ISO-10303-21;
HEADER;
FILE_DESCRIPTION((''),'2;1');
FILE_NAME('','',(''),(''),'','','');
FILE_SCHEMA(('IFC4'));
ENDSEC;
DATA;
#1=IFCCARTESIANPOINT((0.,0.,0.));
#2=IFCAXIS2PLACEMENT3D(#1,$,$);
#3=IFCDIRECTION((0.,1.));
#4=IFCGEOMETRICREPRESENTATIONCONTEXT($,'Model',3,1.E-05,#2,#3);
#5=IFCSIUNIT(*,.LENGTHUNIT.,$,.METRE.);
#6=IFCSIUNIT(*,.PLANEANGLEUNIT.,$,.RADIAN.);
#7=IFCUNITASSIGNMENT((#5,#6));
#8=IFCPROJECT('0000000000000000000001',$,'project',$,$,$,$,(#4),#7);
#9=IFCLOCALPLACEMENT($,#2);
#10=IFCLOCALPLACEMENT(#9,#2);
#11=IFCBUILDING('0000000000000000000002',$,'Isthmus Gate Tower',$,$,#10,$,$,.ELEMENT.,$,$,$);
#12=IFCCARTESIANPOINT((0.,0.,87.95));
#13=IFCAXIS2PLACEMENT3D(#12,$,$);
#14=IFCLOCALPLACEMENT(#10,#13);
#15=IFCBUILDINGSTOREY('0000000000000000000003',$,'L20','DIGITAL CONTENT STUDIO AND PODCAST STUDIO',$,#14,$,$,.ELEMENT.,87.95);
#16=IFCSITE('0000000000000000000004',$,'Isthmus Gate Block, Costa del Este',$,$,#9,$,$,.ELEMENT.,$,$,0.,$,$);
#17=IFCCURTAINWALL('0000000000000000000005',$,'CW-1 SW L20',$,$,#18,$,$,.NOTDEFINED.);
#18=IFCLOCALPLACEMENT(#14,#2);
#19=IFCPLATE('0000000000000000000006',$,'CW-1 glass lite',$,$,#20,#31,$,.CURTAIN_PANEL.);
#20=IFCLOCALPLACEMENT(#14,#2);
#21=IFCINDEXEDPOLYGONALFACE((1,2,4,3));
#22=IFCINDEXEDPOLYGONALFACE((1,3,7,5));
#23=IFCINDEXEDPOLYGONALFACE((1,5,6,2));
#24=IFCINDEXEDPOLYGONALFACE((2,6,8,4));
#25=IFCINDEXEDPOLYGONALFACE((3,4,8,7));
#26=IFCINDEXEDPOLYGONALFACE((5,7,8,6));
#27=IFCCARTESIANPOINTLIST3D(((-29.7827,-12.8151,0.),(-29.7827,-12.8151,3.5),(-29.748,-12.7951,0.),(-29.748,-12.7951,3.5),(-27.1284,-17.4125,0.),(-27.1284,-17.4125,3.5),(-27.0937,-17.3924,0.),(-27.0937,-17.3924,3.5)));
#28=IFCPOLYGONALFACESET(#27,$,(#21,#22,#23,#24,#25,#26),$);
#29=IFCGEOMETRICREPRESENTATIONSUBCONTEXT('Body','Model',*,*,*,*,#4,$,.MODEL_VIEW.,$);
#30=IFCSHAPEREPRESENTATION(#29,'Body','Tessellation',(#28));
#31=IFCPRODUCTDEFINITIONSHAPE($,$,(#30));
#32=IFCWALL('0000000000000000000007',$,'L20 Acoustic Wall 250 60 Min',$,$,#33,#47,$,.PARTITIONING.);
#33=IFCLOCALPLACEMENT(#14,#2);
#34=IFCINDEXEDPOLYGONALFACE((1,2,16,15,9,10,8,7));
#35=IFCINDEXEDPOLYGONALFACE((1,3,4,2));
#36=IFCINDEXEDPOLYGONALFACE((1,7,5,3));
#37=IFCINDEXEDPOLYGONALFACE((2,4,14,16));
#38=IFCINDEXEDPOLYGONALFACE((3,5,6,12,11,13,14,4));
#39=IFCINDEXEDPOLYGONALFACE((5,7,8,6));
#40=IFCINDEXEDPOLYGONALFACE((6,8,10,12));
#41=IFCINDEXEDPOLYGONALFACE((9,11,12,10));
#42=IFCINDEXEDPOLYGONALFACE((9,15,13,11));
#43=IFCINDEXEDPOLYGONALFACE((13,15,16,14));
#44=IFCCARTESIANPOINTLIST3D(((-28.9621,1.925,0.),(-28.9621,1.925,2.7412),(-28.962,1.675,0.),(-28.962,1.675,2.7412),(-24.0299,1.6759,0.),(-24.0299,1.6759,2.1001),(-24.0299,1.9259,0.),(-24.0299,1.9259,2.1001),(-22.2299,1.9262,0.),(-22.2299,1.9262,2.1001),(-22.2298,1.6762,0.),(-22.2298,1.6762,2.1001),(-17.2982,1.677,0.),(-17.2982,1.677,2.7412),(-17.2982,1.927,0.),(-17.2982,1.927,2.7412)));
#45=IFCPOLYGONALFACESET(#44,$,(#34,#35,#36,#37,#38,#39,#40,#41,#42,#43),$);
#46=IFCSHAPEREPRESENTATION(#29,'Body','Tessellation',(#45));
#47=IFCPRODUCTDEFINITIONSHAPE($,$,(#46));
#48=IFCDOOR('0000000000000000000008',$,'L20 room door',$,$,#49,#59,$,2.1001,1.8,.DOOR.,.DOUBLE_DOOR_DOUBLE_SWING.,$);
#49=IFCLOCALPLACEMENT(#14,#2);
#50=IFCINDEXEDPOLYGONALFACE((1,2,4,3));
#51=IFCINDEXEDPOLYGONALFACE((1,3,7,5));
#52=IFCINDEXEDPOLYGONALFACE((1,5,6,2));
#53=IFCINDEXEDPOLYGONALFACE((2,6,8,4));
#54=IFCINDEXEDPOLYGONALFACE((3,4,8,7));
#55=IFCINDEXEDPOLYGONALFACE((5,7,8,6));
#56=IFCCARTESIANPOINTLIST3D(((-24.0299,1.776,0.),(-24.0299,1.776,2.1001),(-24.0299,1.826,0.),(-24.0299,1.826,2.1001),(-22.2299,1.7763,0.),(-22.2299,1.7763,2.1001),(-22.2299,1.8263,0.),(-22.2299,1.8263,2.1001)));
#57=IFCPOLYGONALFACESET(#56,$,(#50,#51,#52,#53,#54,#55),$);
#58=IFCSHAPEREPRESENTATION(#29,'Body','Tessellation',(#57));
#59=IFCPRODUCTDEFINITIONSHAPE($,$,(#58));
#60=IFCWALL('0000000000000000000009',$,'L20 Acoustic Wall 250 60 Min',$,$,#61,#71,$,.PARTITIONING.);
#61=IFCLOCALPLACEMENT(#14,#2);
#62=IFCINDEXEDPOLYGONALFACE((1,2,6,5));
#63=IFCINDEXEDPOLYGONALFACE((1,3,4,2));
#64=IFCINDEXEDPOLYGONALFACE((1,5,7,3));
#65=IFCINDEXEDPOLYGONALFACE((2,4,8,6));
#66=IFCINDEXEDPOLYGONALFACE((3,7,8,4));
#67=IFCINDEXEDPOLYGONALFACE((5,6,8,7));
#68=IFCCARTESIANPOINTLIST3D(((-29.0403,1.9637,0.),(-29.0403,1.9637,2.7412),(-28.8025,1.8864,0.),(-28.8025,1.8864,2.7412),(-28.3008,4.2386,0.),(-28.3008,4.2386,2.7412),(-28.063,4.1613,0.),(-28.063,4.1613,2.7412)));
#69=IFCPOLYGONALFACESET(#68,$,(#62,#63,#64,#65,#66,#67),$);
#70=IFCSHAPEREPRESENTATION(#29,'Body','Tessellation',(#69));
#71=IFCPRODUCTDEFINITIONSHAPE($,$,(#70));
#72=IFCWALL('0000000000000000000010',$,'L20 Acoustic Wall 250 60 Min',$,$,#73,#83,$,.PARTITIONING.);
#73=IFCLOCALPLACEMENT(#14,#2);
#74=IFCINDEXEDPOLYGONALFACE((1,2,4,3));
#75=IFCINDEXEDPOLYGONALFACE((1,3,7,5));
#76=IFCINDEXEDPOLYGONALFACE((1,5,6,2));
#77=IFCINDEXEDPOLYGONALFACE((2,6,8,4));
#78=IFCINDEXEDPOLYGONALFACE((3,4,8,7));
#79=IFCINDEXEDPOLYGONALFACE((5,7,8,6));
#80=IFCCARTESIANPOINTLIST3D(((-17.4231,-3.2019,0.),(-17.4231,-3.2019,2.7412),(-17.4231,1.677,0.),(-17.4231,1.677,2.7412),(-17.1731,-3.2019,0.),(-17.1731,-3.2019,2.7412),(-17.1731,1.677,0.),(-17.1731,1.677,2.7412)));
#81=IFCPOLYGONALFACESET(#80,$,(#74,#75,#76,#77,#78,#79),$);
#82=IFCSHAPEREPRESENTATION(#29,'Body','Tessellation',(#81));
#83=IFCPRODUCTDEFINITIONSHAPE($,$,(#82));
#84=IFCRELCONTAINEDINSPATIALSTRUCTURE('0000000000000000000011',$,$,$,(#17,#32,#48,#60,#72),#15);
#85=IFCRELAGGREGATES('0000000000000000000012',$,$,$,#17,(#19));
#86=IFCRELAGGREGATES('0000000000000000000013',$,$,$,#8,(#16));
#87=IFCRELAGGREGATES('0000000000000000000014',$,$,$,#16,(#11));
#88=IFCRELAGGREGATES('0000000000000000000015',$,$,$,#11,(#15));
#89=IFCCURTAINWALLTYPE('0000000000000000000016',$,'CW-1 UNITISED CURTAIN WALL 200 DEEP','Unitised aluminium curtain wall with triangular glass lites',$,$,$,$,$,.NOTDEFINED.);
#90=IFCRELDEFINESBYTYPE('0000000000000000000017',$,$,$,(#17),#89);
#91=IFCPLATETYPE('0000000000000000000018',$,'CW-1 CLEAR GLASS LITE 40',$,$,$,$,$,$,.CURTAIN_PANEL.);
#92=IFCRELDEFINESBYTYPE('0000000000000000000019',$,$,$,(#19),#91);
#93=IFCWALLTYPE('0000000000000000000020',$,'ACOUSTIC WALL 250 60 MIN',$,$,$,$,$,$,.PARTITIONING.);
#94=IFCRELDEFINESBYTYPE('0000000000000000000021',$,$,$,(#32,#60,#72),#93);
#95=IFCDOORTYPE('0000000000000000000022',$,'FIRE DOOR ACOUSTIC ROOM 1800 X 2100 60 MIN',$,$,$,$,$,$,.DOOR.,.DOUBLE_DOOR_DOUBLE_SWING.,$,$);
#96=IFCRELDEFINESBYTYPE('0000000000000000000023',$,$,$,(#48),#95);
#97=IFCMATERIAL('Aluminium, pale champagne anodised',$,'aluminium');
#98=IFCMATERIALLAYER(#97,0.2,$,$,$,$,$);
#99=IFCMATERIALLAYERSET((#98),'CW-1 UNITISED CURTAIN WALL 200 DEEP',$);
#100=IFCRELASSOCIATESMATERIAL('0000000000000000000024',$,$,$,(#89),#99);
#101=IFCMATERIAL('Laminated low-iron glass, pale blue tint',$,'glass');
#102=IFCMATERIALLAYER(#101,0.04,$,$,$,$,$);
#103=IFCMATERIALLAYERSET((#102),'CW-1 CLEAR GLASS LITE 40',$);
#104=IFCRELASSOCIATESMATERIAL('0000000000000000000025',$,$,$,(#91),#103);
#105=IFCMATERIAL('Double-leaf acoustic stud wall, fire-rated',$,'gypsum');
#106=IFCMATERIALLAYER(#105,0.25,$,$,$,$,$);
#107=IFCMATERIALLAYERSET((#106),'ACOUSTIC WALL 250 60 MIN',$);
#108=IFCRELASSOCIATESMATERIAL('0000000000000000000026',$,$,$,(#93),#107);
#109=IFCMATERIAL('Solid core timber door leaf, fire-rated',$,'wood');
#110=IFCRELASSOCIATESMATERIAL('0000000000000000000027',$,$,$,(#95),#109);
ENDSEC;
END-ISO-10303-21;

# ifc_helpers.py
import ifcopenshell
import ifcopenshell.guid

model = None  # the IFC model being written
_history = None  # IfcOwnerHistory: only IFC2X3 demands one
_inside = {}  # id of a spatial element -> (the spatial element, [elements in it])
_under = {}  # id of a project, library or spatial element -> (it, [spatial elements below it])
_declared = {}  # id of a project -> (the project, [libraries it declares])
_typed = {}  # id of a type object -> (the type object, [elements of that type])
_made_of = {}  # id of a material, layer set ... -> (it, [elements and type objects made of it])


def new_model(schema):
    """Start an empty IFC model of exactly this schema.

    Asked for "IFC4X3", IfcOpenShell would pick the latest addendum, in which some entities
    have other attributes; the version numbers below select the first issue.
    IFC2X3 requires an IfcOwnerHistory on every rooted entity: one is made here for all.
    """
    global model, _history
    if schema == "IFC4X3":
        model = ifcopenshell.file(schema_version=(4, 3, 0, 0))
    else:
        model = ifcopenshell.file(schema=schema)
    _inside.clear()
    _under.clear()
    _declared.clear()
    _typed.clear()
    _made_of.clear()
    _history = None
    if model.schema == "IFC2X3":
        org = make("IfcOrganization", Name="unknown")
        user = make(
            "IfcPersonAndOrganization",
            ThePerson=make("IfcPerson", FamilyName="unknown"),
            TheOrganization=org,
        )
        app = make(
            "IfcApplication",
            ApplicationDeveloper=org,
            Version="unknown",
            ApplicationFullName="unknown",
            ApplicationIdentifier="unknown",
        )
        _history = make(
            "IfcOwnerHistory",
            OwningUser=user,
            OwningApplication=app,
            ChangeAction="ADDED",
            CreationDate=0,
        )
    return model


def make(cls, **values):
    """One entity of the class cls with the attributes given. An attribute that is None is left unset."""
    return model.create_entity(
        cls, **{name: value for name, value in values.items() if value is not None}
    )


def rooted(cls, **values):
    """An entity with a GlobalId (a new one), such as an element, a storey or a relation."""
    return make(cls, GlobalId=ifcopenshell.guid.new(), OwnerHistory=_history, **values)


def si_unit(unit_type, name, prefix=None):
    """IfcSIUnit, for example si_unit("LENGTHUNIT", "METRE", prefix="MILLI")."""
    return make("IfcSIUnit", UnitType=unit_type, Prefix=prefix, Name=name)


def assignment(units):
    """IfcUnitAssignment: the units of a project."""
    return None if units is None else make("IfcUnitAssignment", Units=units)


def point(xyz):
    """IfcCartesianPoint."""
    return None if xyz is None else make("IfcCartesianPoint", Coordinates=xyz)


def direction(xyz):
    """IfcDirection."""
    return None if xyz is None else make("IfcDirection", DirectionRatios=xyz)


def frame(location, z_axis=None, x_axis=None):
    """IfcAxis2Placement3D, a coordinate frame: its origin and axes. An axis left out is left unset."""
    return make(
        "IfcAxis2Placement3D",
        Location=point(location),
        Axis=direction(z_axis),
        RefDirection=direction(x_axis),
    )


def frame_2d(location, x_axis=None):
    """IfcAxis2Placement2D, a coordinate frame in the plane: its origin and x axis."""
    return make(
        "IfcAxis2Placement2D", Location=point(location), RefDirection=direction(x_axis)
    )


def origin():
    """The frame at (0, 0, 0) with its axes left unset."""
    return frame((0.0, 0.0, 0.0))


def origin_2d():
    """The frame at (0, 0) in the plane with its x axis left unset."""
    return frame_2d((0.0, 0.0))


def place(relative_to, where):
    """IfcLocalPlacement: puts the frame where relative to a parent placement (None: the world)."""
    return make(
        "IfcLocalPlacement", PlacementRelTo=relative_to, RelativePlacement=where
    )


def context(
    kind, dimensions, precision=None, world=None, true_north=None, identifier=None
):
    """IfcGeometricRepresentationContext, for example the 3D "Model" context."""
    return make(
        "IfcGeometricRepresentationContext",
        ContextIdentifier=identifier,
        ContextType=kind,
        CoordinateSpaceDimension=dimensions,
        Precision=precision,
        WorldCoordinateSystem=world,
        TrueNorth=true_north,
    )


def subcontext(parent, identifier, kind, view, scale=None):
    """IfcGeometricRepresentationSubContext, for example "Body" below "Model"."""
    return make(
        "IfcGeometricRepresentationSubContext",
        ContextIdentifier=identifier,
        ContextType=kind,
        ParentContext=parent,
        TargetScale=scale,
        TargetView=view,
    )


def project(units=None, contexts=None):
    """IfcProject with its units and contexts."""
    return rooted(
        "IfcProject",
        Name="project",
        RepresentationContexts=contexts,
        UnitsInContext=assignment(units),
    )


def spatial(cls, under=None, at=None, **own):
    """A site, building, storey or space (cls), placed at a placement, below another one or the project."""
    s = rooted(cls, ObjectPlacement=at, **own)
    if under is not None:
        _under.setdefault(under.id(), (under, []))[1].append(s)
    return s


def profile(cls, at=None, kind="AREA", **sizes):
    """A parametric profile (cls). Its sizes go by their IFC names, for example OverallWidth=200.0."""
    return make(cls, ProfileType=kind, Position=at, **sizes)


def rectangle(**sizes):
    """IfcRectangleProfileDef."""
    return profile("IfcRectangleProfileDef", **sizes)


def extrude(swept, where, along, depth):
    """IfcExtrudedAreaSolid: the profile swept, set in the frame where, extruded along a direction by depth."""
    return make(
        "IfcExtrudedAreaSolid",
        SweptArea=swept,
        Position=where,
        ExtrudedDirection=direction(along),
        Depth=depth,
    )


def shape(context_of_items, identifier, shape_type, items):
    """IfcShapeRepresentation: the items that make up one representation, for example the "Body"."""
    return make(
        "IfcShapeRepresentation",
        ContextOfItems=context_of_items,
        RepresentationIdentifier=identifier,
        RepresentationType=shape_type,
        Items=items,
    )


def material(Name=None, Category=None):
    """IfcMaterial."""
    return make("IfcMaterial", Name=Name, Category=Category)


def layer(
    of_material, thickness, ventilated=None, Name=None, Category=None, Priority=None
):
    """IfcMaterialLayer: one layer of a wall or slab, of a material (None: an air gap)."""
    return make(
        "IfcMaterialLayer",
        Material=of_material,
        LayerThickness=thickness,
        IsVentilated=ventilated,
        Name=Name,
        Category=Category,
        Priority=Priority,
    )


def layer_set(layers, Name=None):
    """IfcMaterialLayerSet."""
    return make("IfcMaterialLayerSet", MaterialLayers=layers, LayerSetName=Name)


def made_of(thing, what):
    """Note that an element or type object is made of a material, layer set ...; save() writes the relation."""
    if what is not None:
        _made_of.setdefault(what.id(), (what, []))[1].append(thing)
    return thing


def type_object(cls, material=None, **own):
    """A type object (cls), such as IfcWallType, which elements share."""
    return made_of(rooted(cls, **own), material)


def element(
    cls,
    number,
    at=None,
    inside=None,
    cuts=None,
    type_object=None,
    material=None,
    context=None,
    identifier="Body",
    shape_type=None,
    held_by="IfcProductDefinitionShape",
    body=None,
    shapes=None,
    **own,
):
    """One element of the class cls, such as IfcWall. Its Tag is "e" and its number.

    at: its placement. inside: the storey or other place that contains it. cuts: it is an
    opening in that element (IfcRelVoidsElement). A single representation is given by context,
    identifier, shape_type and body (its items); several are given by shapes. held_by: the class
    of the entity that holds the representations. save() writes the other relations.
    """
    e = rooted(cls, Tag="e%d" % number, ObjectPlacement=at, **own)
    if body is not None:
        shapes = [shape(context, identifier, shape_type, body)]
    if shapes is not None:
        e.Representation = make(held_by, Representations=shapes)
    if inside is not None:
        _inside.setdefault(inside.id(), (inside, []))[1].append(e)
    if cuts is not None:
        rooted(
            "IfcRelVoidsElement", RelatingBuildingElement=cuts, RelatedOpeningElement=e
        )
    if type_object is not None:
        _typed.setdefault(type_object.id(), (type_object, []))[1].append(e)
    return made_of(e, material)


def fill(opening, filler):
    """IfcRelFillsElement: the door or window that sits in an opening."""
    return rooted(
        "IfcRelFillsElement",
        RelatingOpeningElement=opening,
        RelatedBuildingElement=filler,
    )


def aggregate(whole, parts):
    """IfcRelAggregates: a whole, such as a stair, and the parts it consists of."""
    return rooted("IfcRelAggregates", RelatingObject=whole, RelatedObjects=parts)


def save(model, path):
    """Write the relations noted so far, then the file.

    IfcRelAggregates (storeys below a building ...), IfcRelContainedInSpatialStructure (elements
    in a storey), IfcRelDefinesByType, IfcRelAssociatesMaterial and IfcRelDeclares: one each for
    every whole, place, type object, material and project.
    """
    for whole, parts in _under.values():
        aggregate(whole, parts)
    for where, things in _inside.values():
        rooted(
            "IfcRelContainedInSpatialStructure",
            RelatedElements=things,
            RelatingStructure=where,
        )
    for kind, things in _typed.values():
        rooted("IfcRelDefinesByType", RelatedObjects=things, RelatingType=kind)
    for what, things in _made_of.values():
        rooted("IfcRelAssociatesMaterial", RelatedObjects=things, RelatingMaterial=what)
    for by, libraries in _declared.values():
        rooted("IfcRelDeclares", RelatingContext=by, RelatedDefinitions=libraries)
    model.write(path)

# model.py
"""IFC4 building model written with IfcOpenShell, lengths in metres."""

from ifc_helpers import new_model, si_unit, direction, frame, frame_2d, origin, origin_2d, place, context, subcontext, project, spatial, rectangle, extrude, material, layer, layer_set, type_object, element, fill, aggregate, save


model = new_model("IFC4")

# Units and contexts
model_context = context("Model", 3, precision=1e-05, world=origin(), true_north=direction((0.0, 1.0)))
body_context = subcontext(model_context, "Body", "Model", "MODEL_VIEW")
ifc_project = project(units=[si_unit("LENGTHUNIT", "METRE"), si_unit("PLANEANGLEUNIT", "RADIAN")], contexts=[model_context])

# Site, building, storey
site_placement = place(None, origin())
site = spatial("IfcSite", under=ifc_project, at=site_placement, Name="Isthmus Gate Block, Costa del Este", CompositionType="ELEMENT", RefElevation=0.0)
building_placement = place(site_placement, origin())
building = spatial("IfcBuilding", under=site, at=building_placement, Name="Isthmus Gate Tower", CompositionType="ELEMENT")
storey_placement = place(building_placement, frame((0.0, 0.0, 87.95)))
storey = spatial("IfcBuildingStorey", under=building, at=storey_placement, Name="L20", Description="DIGITAL CONTENT STUDIO AND PODCAST STUDIO", CompositionType="ELEMENT", Elevation=87.95)

# Curtain wall
ifc_material_1 = material(Name="Aluminium, pale champagne anodised", Category="aluminium")
ifc_layer_1 = layer(ifc_material_1, 0.2)
ifc_layer_set_1 = layer_set([ifc_layer_1], Name="CW-1 UNITISED CURTAIN WALL 200 DEEP")
curtain_wall_type = type_object("IfcCurtainWallType", Name="CW-1 UNITISED CURTAIN WALL 200 DEEP", Description="Unitised aluminium curtain wall with triangular glass lites", PredefinedType="NOTDEFINED", material=ifc_layer_set_1)
curtain_wall_1_placement = place(storey_placement, origin())
curtain_wall_1 = element("IfcCurtainWall", 1, at=curtain_wall_1_placement, inside=storey, type_object=curtain_wall_type, Name="CW-1 SW L20", PredefinedType="NOTDEFINED")

# Shared definitions
ifc_material_2 = material(Name="Laminated low-iron glass, pale blue tint", Category="glass")
ifc_layer_2 = layer(ifc_material_2, 0.04)
ifc_layer_set_2 = layer_set([ifc_layer_2], Name="CW-1 CLEAR GLASS LITE 40")
plate_type = type_object("IfcPlateType", Name="CW-1 CLEAR GLASS LITE 40", PredefinedType="CURTAIN_PANEL", material=ifc_layer_set_2)

# Plate
plate_1_placement = place(storey_placement, frame((-28.4382, -15.1038, 0.0), z_axis=(0.0, 0.0, 1.0), x_axis=(0.5, -0.866025, 0.0)))
plate_1 = element("IfcPlate", 2, at=plate_1_placement, type_object=plate_type, Name="CW-1 glass lite", PredefinedType="CURTAIN_PANEL", context=body_context, shape_type="SweptSolid", body=[
    extrude(rectangle(XDim=5.3086, YDim=0.04, at=origin_2d()), origin(), (0.0, 0.0, 1.0), 3.5),
])
aggregate(curtain_wall_1, [plate_1])

# Wall, opening, door
ifc_material_3 = material(Name="Double-leaf acoustic stud wall, fire-rated", Category="gypsum")
ifc_layer_3 = layer(ifc_material_3, 0.25)
ifc_layer_set_3 = layer_set([ifc_layer_3], Name="ACOUSTIC WALL 250 60 MIN")
wall_type = type_object("IfcWallType", Name="ACOUSTIC WALL 250 60 MIN", PredefinedType="PARTITIONING", material=ifc_layer_set_3)
wall_1_placement = place(storey_placement, frame((-17.2981, 1.802, 0.0), z_axis=(0.0, 0.0, 1.0), x_axis=(-1.0, -0.000167, 0.0)))
wall_1 = element("IfcWall", 3, at=wall_1_placement, inside=storey, type_object=wall_type, Name="L20 Acoustic Wall 250 60 Min", PredefinedType="PARTITIONING", context=body_context, shape_type="SweptSolid", body=[
    extrude(rectangle(XDim=11.6638, YDim=0.25, at=frame_2d((5.832, 0.0))), origin(), (0.0, 0.0, 1.0), 2.7412),
])
opening_placement = place(wall_1_placement, frame((4.9319, 0.0, 0.0)))
opening = element("IfcOpeningElement", 4, at=opening_placement, cuts=wall_1, PredefinedType="OPENING", context=body_context, shape_type="SweptSolid", body=[
    extrude(rectangle(XDim=1.8, YDim=2.1001, at=frame_2d((0.8999, 1.05))), frame((0.0, 0.135, 0.0), z_axis=(0.0, -1.0, 0.0), x_axis=(1.0, 0.0, 0.0)), (0.0, 0.0, 1.0), 0.27),
])
ifc_material_4 = material(Name="Solid core timber door leaf, fire-rated", Category="wood")
door_type = type_object("IfcDoorType", Name="FIRE DOOR ACOUSTIC ROOM 1800 X 2100 60 MIN", OperationType="DOUBLE_DOOR_DOUBLE_SWING", PredefinedType="DOOR", material=ifc_material_4)
door_placement = place(opening_placement, origin())
door = element("IfcDoor", 5, at=door_placement, inside=storey, type_object=door_type, Name="L20 room door", OperationType="DOUBLE_DOOR_DOUBLE_SWING", OverallHeight=2.1001, OverallWidth=1.8, PredefinedType="DOOR", context=body_context, shape_type="SweptSolid", body=[
    extrude(rectangle(XDim=1.8, YDim=2.1001, at=frame_2d((0.8999, 1.05))), frame((0.0, 0.0249, 0.0), z_axis=(0.0, -1.0, 0.0), x_axis=(1.0, 0.0, 0.0)), (0.0, 0.0, 1.0), 0.05),
])
fill(opening, door)

# Walls
wall_2_placement = place(storey_placement, frame((-28.9214, 1.925, 0.0), z_axis=(0.0, 0.0, 1.0), x_axis=(0.309146, 0.951015, 0.0)))
element("IfcWall", 6, at=wall_2_placement, inside=storey, type_object=wall_type, Name="L20 Acoustic Wall 250 60 Min", PredefinedType="PARTITIONING", context=body_context, shape_type="SweptSolid", body=[
    extrude(rectangle(XDim=2.3921, YDim=0.25, at=frame_2d((1.196, 0.0))), origin(), (0.0, 0.0, 1.0), 2.7412),
])
wall_3_placement = place(storey_placement, frame((-17.2981, -3.2019, 0.0), z_axis=(0.0, 0.0, 1.0), x_axis=(0.0, 1.0, 0.0)))
element("IfcWall", 7, at=wall_3_placement, inside=storey, type_object=wall_type, Name="L20 Acoustic Wall 250 60 Min", PredefinedType="PARTITIONING", context=body_context, shape_type="SweptSolid", body=[
    extrude(rectangle(XDim=4.8789, YDim=0.25, at=frame_2d((2.4395, 0.0))), origin(), (0.0, 0.0, 1.0), 2.7412),
])

save(model, "model.ifc")
